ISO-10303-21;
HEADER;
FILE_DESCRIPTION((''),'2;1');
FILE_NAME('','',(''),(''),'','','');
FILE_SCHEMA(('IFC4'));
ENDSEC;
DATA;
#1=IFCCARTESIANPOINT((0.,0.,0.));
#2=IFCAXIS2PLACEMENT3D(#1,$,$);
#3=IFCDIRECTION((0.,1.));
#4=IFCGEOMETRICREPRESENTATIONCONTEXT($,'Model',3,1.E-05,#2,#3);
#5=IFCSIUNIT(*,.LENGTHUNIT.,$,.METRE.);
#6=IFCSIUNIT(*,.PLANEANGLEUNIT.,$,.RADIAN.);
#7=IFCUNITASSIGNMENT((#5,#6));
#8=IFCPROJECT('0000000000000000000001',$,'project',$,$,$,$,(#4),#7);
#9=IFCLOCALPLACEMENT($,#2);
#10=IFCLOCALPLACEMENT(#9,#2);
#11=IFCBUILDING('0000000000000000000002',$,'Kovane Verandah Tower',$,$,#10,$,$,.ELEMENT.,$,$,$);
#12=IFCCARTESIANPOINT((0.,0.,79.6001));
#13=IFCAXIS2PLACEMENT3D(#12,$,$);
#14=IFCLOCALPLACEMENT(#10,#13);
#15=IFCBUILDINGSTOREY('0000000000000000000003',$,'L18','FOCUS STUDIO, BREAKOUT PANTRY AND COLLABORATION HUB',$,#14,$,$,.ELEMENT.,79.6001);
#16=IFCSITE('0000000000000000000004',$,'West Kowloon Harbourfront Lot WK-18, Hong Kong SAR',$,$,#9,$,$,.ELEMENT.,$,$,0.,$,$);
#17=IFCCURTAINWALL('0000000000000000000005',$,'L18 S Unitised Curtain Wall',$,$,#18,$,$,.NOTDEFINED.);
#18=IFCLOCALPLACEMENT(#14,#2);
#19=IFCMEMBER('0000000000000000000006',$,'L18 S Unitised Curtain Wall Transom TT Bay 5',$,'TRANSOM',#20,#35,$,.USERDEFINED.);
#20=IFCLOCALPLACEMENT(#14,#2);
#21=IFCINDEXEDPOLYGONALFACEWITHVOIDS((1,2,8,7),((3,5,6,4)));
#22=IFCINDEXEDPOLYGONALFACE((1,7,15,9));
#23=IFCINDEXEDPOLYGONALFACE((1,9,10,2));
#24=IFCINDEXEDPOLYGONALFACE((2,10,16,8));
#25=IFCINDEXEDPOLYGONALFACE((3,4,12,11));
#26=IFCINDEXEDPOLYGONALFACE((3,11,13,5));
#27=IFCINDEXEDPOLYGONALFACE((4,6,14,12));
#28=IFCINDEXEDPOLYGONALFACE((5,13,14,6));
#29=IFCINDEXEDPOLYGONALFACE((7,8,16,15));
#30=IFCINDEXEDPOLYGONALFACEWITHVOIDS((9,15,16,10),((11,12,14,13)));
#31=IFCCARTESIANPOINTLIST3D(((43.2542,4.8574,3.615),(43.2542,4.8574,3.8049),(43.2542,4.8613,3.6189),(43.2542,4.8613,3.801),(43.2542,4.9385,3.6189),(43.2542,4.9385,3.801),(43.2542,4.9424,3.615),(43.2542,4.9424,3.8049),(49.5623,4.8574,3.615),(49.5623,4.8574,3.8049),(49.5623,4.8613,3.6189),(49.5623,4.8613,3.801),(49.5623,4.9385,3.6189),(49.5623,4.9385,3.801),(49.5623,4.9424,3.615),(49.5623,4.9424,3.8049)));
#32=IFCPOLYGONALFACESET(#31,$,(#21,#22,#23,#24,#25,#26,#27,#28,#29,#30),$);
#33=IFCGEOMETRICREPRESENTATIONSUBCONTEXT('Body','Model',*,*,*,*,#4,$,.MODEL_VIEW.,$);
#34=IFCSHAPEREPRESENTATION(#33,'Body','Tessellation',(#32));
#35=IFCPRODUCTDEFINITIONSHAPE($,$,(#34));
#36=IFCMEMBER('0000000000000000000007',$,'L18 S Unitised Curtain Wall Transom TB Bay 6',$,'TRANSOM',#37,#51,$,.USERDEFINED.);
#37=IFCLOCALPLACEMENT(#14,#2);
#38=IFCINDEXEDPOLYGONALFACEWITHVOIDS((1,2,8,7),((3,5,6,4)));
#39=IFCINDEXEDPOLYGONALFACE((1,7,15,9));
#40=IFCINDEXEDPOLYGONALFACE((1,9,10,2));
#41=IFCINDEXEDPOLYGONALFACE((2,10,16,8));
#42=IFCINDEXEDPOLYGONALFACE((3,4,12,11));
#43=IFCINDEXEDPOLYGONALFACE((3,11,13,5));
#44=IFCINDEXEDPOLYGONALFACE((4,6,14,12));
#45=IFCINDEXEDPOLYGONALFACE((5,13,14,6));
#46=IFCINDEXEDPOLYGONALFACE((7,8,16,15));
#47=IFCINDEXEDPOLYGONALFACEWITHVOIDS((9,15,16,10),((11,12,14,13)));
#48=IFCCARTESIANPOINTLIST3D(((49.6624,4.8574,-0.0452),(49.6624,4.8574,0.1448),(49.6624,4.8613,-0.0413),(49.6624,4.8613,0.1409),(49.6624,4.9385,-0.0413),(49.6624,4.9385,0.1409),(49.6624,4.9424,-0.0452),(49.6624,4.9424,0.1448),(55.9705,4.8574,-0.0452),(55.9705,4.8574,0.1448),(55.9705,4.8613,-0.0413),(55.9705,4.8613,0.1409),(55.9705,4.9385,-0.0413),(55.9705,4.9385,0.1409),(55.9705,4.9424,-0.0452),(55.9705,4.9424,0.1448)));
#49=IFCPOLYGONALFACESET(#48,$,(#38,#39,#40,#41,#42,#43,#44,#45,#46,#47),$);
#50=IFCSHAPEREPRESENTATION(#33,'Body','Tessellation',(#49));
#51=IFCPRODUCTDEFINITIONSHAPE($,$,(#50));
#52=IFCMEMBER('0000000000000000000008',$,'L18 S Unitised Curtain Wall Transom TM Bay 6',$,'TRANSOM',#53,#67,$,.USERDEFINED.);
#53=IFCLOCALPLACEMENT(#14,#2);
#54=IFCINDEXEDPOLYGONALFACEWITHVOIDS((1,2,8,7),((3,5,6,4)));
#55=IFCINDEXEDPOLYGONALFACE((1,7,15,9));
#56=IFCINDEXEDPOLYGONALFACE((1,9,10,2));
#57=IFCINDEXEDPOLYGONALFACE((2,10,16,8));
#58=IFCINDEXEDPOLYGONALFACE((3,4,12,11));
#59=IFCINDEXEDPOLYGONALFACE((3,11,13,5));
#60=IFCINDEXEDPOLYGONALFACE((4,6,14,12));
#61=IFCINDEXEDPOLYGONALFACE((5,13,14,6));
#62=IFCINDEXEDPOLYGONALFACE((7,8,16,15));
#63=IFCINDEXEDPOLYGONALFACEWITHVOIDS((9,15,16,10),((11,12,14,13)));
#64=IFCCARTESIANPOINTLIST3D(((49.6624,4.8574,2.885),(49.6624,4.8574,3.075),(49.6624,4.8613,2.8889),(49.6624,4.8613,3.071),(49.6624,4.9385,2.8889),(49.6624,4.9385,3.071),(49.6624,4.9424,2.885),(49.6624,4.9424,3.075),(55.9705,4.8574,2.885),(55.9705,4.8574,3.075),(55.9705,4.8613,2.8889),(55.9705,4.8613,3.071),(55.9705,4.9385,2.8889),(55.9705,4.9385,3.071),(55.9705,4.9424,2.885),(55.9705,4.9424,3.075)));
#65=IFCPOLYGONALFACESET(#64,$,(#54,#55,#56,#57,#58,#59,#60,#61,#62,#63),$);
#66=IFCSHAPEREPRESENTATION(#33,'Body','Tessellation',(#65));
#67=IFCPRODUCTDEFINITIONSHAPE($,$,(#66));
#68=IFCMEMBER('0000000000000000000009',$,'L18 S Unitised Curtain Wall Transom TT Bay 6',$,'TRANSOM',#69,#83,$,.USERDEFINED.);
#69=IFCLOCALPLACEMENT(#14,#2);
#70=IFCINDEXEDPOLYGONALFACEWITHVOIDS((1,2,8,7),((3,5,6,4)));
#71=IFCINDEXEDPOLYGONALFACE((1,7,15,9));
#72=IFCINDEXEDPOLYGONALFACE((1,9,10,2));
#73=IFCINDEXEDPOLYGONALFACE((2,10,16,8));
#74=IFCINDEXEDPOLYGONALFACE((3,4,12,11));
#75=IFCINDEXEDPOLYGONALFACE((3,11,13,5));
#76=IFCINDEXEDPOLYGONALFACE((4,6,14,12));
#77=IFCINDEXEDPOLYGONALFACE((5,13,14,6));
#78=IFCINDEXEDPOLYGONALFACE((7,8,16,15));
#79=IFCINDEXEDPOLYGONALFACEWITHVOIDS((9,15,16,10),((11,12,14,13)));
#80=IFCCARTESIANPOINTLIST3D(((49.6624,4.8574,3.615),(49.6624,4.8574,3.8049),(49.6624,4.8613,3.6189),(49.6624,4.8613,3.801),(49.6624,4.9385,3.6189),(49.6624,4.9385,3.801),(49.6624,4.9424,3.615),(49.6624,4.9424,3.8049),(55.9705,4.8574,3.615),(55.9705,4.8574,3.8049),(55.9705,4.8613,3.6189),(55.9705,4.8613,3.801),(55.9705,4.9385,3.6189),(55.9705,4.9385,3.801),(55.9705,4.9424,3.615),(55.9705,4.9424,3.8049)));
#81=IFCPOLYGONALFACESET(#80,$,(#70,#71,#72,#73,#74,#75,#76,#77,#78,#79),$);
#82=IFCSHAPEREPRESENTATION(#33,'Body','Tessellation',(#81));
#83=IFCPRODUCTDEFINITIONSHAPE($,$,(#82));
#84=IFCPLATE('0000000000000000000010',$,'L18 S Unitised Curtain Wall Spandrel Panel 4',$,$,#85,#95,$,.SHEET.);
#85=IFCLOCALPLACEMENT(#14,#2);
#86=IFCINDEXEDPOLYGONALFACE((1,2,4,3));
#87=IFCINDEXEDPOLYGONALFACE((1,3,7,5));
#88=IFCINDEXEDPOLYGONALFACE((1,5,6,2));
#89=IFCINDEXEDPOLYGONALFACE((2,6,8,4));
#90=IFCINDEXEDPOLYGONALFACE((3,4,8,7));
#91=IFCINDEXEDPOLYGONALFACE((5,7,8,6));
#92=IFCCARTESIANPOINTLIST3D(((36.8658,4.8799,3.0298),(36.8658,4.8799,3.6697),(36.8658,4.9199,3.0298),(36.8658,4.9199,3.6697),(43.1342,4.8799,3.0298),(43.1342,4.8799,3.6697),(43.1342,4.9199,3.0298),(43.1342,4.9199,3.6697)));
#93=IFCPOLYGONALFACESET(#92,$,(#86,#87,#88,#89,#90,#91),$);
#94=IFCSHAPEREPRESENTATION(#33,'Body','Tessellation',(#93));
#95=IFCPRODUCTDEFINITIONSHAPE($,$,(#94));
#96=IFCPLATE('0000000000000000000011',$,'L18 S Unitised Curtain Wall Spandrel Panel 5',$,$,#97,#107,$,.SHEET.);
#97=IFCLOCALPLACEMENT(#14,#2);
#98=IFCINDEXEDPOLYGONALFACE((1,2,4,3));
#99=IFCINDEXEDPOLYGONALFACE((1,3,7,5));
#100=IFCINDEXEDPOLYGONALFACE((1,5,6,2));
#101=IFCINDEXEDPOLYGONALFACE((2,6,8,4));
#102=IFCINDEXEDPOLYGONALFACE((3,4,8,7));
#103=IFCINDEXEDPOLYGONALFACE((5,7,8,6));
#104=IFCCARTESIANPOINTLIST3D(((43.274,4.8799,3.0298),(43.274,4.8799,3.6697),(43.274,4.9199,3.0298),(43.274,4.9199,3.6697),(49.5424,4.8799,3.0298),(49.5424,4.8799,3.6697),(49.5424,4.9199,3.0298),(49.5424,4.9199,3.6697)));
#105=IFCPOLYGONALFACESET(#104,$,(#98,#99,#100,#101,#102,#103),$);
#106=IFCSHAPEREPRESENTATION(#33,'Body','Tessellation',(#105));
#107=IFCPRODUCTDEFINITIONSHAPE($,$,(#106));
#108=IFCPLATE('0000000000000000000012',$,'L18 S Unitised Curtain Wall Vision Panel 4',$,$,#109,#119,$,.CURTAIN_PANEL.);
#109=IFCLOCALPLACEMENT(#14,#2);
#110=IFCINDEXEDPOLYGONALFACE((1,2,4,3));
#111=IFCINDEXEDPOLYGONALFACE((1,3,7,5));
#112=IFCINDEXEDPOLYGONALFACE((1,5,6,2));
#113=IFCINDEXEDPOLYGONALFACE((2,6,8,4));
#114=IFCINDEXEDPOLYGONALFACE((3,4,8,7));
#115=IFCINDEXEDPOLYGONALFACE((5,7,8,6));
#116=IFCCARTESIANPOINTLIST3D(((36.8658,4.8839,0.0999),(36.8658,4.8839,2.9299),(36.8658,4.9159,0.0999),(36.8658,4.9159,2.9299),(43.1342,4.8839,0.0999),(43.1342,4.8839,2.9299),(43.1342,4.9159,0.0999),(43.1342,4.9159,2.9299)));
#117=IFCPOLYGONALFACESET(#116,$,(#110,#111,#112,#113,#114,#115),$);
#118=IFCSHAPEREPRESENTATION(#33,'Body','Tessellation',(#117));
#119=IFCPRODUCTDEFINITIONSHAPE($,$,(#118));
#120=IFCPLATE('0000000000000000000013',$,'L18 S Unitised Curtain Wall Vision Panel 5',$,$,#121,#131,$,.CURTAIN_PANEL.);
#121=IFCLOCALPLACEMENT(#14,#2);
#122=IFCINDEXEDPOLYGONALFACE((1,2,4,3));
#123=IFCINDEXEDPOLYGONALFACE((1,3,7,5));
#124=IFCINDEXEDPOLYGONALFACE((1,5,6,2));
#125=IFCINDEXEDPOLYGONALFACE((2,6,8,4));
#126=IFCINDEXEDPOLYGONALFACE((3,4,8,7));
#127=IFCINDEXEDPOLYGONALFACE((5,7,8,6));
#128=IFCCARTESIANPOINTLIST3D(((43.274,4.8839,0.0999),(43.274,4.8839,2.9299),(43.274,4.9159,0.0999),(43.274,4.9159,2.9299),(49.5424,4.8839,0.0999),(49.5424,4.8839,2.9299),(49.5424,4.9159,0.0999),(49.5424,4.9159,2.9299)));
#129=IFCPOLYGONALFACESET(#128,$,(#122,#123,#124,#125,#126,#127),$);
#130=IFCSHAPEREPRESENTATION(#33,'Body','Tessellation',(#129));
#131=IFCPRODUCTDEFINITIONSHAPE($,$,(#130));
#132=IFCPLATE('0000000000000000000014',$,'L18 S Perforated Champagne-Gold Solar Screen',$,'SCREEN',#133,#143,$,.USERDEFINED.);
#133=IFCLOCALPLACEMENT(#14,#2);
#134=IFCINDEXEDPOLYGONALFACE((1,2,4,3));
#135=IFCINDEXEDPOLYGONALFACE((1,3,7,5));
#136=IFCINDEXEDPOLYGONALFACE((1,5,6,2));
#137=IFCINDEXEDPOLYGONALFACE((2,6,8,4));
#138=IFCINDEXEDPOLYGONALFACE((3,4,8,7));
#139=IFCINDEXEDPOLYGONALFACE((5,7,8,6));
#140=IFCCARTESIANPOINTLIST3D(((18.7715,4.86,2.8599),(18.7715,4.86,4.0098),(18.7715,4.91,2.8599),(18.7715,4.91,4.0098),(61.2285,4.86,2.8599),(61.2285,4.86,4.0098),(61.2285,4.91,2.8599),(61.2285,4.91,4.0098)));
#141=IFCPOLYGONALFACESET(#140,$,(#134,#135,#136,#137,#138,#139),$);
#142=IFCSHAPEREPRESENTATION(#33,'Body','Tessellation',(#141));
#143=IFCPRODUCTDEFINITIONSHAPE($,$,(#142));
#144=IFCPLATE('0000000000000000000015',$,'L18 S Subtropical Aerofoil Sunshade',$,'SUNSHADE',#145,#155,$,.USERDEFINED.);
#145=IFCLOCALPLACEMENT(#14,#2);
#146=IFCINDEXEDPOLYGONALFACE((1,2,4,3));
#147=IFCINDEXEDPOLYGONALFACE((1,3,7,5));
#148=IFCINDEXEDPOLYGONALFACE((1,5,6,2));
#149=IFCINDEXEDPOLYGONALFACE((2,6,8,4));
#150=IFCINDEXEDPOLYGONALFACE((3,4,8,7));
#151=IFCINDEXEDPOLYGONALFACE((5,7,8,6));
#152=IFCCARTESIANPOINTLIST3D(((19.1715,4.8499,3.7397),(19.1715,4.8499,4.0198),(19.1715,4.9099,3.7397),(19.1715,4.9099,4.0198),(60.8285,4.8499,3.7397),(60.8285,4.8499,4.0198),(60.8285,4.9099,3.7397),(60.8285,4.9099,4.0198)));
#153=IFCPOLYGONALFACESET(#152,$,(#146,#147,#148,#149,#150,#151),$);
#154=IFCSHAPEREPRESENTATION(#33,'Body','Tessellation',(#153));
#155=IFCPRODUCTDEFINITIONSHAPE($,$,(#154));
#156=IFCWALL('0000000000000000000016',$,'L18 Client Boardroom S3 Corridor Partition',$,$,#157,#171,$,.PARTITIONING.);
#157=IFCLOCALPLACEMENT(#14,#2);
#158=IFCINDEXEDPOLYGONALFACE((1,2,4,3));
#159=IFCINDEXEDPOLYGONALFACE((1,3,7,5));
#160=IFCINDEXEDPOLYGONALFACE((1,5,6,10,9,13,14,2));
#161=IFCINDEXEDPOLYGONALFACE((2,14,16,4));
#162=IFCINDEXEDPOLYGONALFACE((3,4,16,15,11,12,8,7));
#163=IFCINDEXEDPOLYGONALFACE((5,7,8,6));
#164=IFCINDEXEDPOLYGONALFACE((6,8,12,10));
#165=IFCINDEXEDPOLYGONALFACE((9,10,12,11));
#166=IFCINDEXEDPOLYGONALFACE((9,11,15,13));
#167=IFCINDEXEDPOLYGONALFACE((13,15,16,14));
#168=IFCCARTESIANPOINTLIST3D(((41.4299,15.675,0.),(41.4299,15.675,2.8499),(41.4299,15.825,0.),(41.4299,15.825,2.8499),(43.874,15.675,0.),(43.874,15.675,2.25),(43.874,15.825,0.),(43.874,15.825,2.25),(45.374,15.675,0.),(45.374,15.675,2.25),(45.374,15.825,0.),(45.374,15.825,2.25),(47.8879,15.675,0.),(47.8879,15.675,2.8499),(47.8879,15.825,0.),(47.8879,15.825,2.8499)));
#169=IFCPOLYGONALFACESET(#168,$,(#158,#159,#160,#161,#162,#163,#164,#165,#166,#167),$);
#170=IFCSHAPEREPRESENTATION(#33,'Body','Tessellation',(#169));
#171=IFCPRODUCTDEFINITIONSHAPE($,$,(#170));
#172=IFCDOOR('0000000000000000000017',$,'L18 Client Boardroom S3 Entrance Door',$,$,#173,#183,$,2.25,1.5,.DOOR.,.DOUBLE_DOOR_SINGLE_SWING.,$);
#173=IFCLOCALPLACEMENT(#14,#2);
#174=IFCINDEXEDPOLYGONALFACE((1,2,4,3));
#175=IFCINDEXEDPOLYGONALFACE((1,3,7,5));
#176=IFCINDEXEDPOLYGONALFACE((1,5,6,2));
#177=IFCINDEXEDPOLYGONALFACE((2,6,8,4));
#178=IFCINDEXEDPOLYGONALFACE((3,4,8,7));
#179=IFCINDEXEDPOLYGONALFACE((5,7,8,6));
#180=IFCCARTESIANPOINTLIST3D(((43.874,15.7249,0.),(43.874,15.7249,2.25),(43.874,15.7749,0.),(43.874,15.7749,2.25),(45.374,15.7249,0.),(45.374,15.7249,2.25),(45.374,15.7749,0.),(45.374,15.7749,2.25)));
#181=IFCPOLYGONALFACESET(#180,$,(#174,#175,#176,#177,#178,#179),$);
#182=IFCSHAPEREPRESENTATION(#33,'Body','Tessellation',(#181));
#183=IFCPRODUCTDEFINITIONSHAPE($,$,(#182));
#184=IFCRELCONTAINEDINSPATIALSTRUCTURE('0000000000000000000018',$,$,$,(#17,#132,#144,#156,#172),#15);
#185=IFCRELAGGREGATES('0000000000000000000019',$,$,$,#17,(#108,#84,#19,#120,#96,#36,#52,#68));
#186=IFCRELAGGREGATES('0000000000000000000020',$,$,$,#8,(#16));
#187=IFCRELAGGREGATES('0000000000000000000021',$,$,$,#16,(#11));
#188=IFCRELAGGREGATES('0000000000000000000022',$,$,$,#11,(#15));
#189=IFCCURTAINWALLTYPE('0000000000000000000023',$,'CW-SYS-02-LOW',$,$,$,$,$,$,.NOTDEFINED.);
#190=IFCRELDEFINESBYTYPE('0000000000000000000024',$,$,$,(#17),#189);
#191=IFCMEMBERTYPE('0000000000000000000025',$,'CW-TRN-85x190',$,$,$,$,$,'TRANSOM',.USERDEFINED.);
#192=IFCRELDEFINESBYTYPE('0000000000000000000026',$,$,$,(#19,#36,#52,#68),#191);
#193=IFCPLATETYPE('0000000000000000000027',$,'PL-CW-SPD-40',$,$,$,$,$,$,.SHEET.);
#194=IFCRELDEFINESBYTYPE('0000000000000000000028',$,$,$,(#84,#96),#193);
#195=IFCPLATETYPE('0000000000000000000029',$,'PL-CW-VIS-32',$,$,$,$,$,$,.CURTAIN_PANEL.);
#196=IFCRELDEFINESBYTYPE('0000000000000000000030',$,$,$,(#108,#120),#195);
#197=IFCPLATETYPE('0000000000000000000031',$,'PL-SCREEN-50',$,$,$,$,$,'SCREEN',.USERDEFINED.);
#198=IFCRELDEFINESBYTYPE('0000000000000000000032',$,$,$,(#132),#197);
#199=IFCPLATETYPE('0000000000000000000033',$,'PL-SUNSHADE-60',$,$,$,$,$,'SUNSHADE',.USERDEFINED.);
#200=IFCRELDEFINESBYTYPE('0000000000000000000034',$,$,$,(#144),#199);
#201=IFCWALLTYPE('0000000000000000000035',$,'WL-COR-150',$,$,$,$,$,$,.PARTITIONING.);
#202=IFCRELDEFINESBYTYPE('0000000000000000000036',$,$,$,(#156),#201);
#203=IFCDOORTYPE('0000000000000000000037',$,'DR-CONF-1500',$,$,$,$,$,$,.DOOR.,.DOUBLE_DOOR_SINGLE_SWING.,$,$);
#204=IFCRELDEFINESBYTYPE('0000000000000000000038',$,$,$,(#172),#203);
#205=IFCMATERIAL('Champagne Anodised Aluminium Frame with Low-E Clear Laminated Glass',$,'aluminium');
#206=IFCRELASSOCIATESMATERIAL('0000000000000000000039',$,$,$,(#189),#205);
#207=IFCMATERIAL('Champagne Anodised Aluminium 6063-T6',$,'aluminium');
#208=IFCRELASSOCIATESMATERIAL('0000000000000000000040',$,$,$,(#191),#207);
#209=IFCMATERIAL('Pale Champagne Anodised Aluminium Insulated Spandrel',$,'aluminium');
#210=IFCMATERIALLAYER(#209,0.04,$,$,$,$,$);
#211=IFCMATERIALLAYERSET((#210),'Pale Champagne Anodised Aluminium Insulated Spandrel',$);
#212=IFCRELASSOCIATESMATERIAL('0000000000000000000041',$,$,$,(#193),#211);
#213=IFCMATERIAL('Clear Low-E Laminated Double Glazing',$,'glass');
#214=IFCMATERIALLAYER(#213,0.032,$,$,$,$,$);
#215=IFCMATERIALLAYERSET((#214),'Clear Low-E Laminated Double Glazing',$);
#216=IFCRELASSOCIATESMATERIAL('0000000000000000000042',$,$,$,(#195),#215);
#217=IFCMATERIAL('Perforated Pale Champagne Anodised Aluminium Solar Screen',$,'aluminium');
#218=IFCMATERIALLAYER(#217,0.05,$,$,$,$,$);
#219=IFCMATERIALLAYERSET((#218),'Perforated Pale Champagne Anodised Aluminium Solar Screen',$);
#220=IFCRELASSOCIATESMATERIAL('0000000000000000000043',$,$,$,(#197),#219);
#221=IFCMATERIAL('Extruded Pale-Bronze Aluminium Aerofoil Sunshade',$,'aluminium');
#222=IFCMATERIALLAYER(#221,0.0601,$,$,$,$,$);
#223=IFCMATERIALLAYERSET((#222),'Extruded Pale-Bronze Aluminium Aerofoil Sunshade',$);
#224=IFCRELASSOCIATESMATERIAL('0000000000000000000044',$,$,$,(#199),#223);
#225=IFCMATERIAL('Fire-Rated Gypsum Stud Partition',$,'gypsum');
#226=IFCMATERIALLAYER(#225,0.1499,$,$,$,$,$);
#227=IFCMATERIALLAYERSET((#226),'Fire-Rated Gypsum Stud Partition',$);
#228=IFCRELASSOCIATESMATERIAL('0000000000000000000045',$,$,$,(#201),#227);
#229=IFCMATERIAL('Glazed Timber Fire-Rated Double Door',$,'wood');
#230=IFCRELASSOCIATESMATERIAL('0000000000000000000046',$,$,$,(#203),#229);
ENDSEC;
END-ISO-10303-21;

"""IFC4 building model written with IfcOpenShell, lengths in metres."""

from ifc_helpers import new_model, si_unit, direction, frame, frame_2d, origin, origin_2d, place, context, subcontext, project, spatial, rectangle, hollow_rectangle, extrude, material, layer, layer_set, material_profile, profile_set, type_object, element, fill, aggregate, save


model = new_model("IFC4")

# Units and contexts
model_context = context("Model", 3, precision=1e-05, world=origin(), true_north=direction((0.0, 1.0)))
body_context = subcontext(model_context, "Body", "Model", "MODEL_VIEW")
ifc_project = project(units=[si_unit("LENGTHUNIT", "METRE"), si_unit("PLANEANGLEUNIT", "RADIAN")], contexts=[model_context])

# Site, building, storey
site_placement = place(None, origin())
site = spatial("IfcSite", under=ifc_project, at=site_placement, Name="West Kowloon Harbourfront Lot WK-18, Hong Kong SAR", CompositionType="ELEMENT", RefElevation=0.0)
building_placement = place(site_placement, origin())
building = spatial("IfcBuilding", under=site, at=building_placement, Name="Kovane Verandah Tower", CompositionType="ELEMENT")
storey_placement = place(building_placement, frame((0.0, 0.0, 79.6001)))
storey = spatial("IfcBuildingStorey", under=building, at=storey_placement, Name="L18", Description="FOCUS STUDIO, BREAKOUT PANTRY AND COLLABORATION HUB", CompositionType="ELEMENT", Elevation=79.6001)

# Curtain wall, members, plates
ifc_material_1 = material(Name="Champagne Anodised Aluminium Frame with Low-E Clear Laminated Glass", Category="aluminium")
curtain_wall_type = type_object("IfcCurtainWallType", Name="CW-SYS-02-LOW", PredefinedType="NOTDEFINED", material=ifc_material_1)
curtain_wall_placement = place(storey_placement, origin())
curtain_wall = element("IfcCurtainWall", 1, at=curtain_wall_placement, inside=storey, type_object=curtain_wall_type, Name="L18 S Unitised Curtain Wall", PredefinedType="NOTDEFINED")
ifc_material_2 = material(Name="Champagne Anodised Aluminium 6063-T6", Category="aluminium")
ifc_material_profile_1 = material_profile(ifc_material_2, hollow_rectangle(XDim=0.085, YDim=0.1899, WallThickness=0.0039, at=origin_2d()), Name="AL85x190x4")
ifc_profile_set_1 = profile_set([ifc_material_profile_1], Name="Champagne Anodised Aluminium 6063-T6")
member_type_1 = type_object("IfcMemberType", Name="CW-TRN-85x190", ElementType="TRANSOM", PredefinedType="USERDEFINED", material=ifc_profile_set_1)
member_1_placement = place(storey_placement, frame((43.2542, 4.8999, 3.71), z_axis=(1.0, 0.0, 0.0), x_axis=(0.0, 1.0, 0.0)))
member_1 = element("IfcMember", 2, at=member_1_placement, type_object=member_type_1, Name="L18 S Unitised Curtain Wall Transom TT Bay 5", ObjectType="TRANSOM", PredefinedType="USERDEFINED", context=body_context, shape_type="SweptSolid", body=[
    extrude(hollow_rectangle(XDim=0.085, YDim=0.1899, WallThickness=0.0039, at=origin_2d()), origin(), (0.0, 0.0, 1.0), 6.3081),
])
member_2_placement = place(storey_placement, frame((49.6624, 4.8999, 0.0498), z_axis=(1.0, 0.0, 0.0), x_axis=(0.0, 1.0, 0.0)))
member_2 = element("IfcMember", 3, at=member_2_placement, type_object=member_type_1, Name="L18 S Unitised Curtain Wall Transom TB Bay 6", ObjectType="TRANSOM", PredefinedType="USERDEFINED", context=body_context, shape_type="SweptSolid", body=[
    extrude(hollow_rectangle(XDim=0.085, YDim=0.1899, WallThickness=0.0039, at=origin_2d()), origin(), (0.0, 0.0, 1.0), 6.3081),
])
member_3_placement = place(storey_placement, frame((49.6624, 4.8999, 2.98), z_axis=(1.0, 0.0, 0.0), x_axis=(0.0, 1.0, 0.0)))
member_3 = element("IfcMember", 4, at=member_3_placement, type_object=member_type_1, Name="L18 S Unitised Curtain Wall Transom TM Bay 6", ObjectType="TRANSOM", PredefinedType="USERDEFINED", context=body_context, shape_type="SweptSolid", body=[
    extrude(hollow_rectangle(XDim=0.085, YDim=0.1899, WallThickness=0.0039, at=origin_2d()), origin(), (0.0, 0.0, 1.0), 6.3081),
])
member_4_placement = place(storey_placement, frame((49.6624, 4.8999, 3.71), z_axis=(1.0, 0.0, 0.0), x_axis=(0.0, 1.0, 0.0)))
member_4 = element("IfcMember", 5, at=member_4_placement, type_object=member_type_1, Name="L18 S Unitised Curtain Wall Transom TT Bay 6", ObjectType="TRANSOM", PredefinedType="USERDEFINED", context=body_context, shape_type="SweptSolid", body=[
    extrude(hollow_rectangle(XDim=0.085, YDim=0.1899, WallThickness=0.0039, at=origin_2d()), origin(), (0.0, 0.0, 1.0), 6.3081),
])
ifc_material_3 = material(Name="Pale Champagne Anodised Aluminium Insulated Spandrel", Category="aluminium")
ifc_layer_1 = layer(ifc_material_3, 0.04)
ifc_layer_set_1 = layer_set([ifc_layer_1], Name="Pale Champagne Anodised Aluminium Insulated Spandrel")
plate_type_1 = type_object("IfcPlateType", Name="PL-CW-SPD-40", PredefinedType="SHEET", material=ifc_layer_set_1)
plate_1_placement = place(storey_placement, frame((40.0, 4.8999, 3.0298), z_axis=(0.0, 0.0, 1.0), x_axis=(1.0, 0.0, 0.0)))
plate_1 = element("IfcPlate", 6, at=plate_1_placement, type_object=plate_type_1, Name="L18 S Unitised Curtain Wall Spandrel Panel 4", PredefinedType="SHEET", context=body_context, shape_type="SweptSolid", body=[
    extrude(rectangle(XDim=6.2683, YDim=0.04, at=origin_2d()), origin(), (0.0, 0.0, 1.0), 0.6399),
])
plate_2_placement = place(storey_placement, frame((46.4082, 4.8999, 3.0298), z_axis=(0.0, 0.0, 1.0), x_axis=(1.0, 0.0, 0.0)))
plate_2 = element("IfcPlate", 7, at=plate_2_placement, type_object=plate_type_1, Name="L18 S Unitised Curtain Wall Spandrel Panel 5", PredefinedType="SHEET", context=body_context, shape_type="SweptSolid", body=[
    extrude(rectangle(XDim=6.2683, YDim=0.04, at=origin_2d()), origin(), (0.0, 0.0, 1.0), 0.6399),
])
ifc_material_4 = material(Name="Clear Low-E Laminated Double Glazing", Category="glass")
ifc_layer_2 = layer(ifc_material_4, 0.032)
ifc_layer_set_2 = layer_set([ifc_layer_2], Name="Clear Low-E Laminated Double Glazing")
plate_type_2 = type_object("IfcPlateType", Name="PL-CW-VIS-32", PredefinedType="CURTAIN_PANEL", material=ifc_layer_set_2)
plate_3_placement = place(storey_placement, frame((40.0, 4.8999, 0.0999), z_axis=(0.0, 0.0, 1.0), x_axis=(1.0, 0.0, 0.0)))
plate_3 = element("IfcPlate", 8, at=plate_3_placement, type_object=plate_type_2, Name="L18 S Unitised Curtain Wall Vision Panel 4", PredefinedType="CURTAIN_PANEL", context=body_context, shape_type="SweptSolid", body=[
    extrude(rectangle(XDim=6.2683, YDim=0.032, at=origin_2d()), origin(), (0.0, 0.0, 1.0), 2.8301),
])
plate_4_placement = place(storey_placement, frame((46.4082, 4.8999, 0.0999), z_axis=(0.0, 0.0, 1.0), x_axis=(1.0, 0.0, 0.0)))
plate_4 = element("IfcPlate", 9, at=plate_4_placement, type_object=plate_type_2, Name="L18 S Unitised Curtain Wall Vision Panel 5", PredefinedType="CURTAIN_PANEL", context=body_context, shape_type="SweptSolid", body=[
    extrude(rectangle(XDim=6.2683, YDim=0.032, at=origin_2d()), origin(), (0.0, 0.0, 1.0), 2.8301),
])
aggregate(curtain_wall, [plate_3, plate_1, member_1, plate_4, plate_2, member_2, member_3, member_4])

# Plates
ifc_material_5 = material(Name="Perforated Pale Champagne Anodised Aluminium Solar Screen", Category="aluminium")
ifc_layer_3 = layer(ifc_material_5, 0.05)
ifc_layer_set_3 = layer_set([ifc_layer_3], Name="Perforated Pale Champagne Anodised Aluminium Solar Screen")
plate_type_3 = type_object("IfcPlateType", Name="PL-SCREEN-50", ElementType="SCREEN", PredefinedType="USERDEFINED", material=ifc_layer_set_3)
plate_5_placement = place(storey_placement, frame((40.0, 4.885, 2.8599), z_axis=(0.0, 0.0, 1.0), x_axis=(1.0, 0.0, 0.0)))
element("IfcPlate", 10, at=plate_5_placement, inside=storey, type_object=plate_type_3, Name="L18 S Perforated Champagne-Gold Solar Screen", ObjectType="SCREEN", PredefinedType="USERDEFINED", context=body_context, shape_type="SweptSolid", body=[
    extrude(rectangle(XDim=42.457, YDim=0.05, at=origin_2d()), origin(), (0.0, 0.0, 1.0), 1.1499),
])
ifc_material_6 = material(Name="Extruded Pale-Bronze Aluminium Aerofoil Sunshade", Category="aluminium")
ifc_layer_4 = layer(ifc_material_6, 0.0601)
ifc_layer_set_4 = layer_set([ifc_layer_4], Name="Extruded Pale-Bronze Aluminium Aerofoil Sunshade")
plate_type_4 = type_object("IfcPlateType", Name="PL-SUNSHADE-60", ElementType="SUNSHADE", PredefinedType="USERDEFINED", material=ifc_layer_set_4)
plate_6_placement = place(storey_placement, frame((40.0, 4.8799, 3.7397), z_axis=(0.0, 0.0, 1.0), x_axis=(1.0, 0.0, 0.0)))
element("IfcPlate", 11, at=plate_6_placement, inside=storey, type_object=plate_type_4, Name="L18 S Subtropical Aerofoil Sunshade", ObjectType="SUNSHADE", PredefinedType="USERDEFINED", context=body_context, shape_type="SweptSolid", body=[
    extrude(rectangle(XDim=41.657, YDim=0.0601, at=origin_2d()), origin(), (0.0, 0.0, 1.0), 0.28),
])

# Wall, opening, door
ifc_material_7 = material(Name="Fire-Rated Gypsum Stud Partition", Category="gypsum")
ifc_layer_5 = layer(ifc_material_7, 0.1499)
ifc_layer_set_5 = layer_set([ifc_layer_5], Name="Fire-Rated Gypsum Stud Partition")
wall_type_1 = type_object("IfcWallType", Name="WL-COR-150", PredefinedType="PARTITIONING", material=ifc_layer_set_5)
wall_placement = place(storey_placement, frame((41.4299, 15.75, 0.0), z_axis=(0.0, 0.0, 1.0), x_axis=(1.0, 0.0, 0.0)))
wall = element("IfcWall", 12, at=wall_placement, inside=storey, type_object=wall_type_1, Name="L18 Client Boardroom S3 Corridor Partition", PredefinedType="PARTITIONING", context=body_context, shape_type="SweptSolid", body=[
    extrude(rectangle(XDim=6.458, YDim=0.1499, at=frame_2d((3.229, 0.0))), origin(), (0.0, 0.0, 1.0), 2.8499),
])
opening_placement = place(wall_placement, frame((2.4441, 0.0, 0.0)))
opening = element("IfcOpeningElement", 13, at=opening_placement, cuts=wall, PredefinedType="OPENING", context=body_context, shape_type="SweptSolid", body=[
    extrude(rectangle(XDim=1.5, YDim=2.25, at=frame_2d((0.75, 1.125))), frame((0.0, 0.075, 0.0), z_axis=(0.0, -1.0, 0.0), x_axis=(1.0, 0.0, 0.0)), (0.0, 0.0, 1.0), 0.1499),
])
ifc_material_8 = material(Name="Glazed Timber Fire-Rated Double Door", Category="wood")
door_type = type_object("IfcDoorType", Name="DR-CONF-1500", OperationType="DOUBLE_DOOR_SINGLE_SWING", PredefinedType="DOOR", material=ifc_material_8)
door_placement = place(opening_placement, origin())
door = element("IfcDoor", 14, at=door_placement, inside=storey, type_object=door_type, Name="L18 Client Boardroom S3 Entrance Door", OperationType="DOUBLE_DOOR_SINGLE_SWING", OverallHeight=2.25, OverallWidth=1.5, PredefinedType="DOOR", context=body_context, shape_type="SweptSolid", body=[
    extrude(rectangle(XDim=1.5, YDim=2.25, at=frame_2d((0.75, 1.125))), frame((0.0, 0.0249, 0.0), z_axis=(0.0, -1.0, 0.0), x_axis=(1.0, 0.0, 0.0)), (0.0, 0.0, 1.0), 0.05),
])
fill(opening, door)

save(model, "model.ifc")
